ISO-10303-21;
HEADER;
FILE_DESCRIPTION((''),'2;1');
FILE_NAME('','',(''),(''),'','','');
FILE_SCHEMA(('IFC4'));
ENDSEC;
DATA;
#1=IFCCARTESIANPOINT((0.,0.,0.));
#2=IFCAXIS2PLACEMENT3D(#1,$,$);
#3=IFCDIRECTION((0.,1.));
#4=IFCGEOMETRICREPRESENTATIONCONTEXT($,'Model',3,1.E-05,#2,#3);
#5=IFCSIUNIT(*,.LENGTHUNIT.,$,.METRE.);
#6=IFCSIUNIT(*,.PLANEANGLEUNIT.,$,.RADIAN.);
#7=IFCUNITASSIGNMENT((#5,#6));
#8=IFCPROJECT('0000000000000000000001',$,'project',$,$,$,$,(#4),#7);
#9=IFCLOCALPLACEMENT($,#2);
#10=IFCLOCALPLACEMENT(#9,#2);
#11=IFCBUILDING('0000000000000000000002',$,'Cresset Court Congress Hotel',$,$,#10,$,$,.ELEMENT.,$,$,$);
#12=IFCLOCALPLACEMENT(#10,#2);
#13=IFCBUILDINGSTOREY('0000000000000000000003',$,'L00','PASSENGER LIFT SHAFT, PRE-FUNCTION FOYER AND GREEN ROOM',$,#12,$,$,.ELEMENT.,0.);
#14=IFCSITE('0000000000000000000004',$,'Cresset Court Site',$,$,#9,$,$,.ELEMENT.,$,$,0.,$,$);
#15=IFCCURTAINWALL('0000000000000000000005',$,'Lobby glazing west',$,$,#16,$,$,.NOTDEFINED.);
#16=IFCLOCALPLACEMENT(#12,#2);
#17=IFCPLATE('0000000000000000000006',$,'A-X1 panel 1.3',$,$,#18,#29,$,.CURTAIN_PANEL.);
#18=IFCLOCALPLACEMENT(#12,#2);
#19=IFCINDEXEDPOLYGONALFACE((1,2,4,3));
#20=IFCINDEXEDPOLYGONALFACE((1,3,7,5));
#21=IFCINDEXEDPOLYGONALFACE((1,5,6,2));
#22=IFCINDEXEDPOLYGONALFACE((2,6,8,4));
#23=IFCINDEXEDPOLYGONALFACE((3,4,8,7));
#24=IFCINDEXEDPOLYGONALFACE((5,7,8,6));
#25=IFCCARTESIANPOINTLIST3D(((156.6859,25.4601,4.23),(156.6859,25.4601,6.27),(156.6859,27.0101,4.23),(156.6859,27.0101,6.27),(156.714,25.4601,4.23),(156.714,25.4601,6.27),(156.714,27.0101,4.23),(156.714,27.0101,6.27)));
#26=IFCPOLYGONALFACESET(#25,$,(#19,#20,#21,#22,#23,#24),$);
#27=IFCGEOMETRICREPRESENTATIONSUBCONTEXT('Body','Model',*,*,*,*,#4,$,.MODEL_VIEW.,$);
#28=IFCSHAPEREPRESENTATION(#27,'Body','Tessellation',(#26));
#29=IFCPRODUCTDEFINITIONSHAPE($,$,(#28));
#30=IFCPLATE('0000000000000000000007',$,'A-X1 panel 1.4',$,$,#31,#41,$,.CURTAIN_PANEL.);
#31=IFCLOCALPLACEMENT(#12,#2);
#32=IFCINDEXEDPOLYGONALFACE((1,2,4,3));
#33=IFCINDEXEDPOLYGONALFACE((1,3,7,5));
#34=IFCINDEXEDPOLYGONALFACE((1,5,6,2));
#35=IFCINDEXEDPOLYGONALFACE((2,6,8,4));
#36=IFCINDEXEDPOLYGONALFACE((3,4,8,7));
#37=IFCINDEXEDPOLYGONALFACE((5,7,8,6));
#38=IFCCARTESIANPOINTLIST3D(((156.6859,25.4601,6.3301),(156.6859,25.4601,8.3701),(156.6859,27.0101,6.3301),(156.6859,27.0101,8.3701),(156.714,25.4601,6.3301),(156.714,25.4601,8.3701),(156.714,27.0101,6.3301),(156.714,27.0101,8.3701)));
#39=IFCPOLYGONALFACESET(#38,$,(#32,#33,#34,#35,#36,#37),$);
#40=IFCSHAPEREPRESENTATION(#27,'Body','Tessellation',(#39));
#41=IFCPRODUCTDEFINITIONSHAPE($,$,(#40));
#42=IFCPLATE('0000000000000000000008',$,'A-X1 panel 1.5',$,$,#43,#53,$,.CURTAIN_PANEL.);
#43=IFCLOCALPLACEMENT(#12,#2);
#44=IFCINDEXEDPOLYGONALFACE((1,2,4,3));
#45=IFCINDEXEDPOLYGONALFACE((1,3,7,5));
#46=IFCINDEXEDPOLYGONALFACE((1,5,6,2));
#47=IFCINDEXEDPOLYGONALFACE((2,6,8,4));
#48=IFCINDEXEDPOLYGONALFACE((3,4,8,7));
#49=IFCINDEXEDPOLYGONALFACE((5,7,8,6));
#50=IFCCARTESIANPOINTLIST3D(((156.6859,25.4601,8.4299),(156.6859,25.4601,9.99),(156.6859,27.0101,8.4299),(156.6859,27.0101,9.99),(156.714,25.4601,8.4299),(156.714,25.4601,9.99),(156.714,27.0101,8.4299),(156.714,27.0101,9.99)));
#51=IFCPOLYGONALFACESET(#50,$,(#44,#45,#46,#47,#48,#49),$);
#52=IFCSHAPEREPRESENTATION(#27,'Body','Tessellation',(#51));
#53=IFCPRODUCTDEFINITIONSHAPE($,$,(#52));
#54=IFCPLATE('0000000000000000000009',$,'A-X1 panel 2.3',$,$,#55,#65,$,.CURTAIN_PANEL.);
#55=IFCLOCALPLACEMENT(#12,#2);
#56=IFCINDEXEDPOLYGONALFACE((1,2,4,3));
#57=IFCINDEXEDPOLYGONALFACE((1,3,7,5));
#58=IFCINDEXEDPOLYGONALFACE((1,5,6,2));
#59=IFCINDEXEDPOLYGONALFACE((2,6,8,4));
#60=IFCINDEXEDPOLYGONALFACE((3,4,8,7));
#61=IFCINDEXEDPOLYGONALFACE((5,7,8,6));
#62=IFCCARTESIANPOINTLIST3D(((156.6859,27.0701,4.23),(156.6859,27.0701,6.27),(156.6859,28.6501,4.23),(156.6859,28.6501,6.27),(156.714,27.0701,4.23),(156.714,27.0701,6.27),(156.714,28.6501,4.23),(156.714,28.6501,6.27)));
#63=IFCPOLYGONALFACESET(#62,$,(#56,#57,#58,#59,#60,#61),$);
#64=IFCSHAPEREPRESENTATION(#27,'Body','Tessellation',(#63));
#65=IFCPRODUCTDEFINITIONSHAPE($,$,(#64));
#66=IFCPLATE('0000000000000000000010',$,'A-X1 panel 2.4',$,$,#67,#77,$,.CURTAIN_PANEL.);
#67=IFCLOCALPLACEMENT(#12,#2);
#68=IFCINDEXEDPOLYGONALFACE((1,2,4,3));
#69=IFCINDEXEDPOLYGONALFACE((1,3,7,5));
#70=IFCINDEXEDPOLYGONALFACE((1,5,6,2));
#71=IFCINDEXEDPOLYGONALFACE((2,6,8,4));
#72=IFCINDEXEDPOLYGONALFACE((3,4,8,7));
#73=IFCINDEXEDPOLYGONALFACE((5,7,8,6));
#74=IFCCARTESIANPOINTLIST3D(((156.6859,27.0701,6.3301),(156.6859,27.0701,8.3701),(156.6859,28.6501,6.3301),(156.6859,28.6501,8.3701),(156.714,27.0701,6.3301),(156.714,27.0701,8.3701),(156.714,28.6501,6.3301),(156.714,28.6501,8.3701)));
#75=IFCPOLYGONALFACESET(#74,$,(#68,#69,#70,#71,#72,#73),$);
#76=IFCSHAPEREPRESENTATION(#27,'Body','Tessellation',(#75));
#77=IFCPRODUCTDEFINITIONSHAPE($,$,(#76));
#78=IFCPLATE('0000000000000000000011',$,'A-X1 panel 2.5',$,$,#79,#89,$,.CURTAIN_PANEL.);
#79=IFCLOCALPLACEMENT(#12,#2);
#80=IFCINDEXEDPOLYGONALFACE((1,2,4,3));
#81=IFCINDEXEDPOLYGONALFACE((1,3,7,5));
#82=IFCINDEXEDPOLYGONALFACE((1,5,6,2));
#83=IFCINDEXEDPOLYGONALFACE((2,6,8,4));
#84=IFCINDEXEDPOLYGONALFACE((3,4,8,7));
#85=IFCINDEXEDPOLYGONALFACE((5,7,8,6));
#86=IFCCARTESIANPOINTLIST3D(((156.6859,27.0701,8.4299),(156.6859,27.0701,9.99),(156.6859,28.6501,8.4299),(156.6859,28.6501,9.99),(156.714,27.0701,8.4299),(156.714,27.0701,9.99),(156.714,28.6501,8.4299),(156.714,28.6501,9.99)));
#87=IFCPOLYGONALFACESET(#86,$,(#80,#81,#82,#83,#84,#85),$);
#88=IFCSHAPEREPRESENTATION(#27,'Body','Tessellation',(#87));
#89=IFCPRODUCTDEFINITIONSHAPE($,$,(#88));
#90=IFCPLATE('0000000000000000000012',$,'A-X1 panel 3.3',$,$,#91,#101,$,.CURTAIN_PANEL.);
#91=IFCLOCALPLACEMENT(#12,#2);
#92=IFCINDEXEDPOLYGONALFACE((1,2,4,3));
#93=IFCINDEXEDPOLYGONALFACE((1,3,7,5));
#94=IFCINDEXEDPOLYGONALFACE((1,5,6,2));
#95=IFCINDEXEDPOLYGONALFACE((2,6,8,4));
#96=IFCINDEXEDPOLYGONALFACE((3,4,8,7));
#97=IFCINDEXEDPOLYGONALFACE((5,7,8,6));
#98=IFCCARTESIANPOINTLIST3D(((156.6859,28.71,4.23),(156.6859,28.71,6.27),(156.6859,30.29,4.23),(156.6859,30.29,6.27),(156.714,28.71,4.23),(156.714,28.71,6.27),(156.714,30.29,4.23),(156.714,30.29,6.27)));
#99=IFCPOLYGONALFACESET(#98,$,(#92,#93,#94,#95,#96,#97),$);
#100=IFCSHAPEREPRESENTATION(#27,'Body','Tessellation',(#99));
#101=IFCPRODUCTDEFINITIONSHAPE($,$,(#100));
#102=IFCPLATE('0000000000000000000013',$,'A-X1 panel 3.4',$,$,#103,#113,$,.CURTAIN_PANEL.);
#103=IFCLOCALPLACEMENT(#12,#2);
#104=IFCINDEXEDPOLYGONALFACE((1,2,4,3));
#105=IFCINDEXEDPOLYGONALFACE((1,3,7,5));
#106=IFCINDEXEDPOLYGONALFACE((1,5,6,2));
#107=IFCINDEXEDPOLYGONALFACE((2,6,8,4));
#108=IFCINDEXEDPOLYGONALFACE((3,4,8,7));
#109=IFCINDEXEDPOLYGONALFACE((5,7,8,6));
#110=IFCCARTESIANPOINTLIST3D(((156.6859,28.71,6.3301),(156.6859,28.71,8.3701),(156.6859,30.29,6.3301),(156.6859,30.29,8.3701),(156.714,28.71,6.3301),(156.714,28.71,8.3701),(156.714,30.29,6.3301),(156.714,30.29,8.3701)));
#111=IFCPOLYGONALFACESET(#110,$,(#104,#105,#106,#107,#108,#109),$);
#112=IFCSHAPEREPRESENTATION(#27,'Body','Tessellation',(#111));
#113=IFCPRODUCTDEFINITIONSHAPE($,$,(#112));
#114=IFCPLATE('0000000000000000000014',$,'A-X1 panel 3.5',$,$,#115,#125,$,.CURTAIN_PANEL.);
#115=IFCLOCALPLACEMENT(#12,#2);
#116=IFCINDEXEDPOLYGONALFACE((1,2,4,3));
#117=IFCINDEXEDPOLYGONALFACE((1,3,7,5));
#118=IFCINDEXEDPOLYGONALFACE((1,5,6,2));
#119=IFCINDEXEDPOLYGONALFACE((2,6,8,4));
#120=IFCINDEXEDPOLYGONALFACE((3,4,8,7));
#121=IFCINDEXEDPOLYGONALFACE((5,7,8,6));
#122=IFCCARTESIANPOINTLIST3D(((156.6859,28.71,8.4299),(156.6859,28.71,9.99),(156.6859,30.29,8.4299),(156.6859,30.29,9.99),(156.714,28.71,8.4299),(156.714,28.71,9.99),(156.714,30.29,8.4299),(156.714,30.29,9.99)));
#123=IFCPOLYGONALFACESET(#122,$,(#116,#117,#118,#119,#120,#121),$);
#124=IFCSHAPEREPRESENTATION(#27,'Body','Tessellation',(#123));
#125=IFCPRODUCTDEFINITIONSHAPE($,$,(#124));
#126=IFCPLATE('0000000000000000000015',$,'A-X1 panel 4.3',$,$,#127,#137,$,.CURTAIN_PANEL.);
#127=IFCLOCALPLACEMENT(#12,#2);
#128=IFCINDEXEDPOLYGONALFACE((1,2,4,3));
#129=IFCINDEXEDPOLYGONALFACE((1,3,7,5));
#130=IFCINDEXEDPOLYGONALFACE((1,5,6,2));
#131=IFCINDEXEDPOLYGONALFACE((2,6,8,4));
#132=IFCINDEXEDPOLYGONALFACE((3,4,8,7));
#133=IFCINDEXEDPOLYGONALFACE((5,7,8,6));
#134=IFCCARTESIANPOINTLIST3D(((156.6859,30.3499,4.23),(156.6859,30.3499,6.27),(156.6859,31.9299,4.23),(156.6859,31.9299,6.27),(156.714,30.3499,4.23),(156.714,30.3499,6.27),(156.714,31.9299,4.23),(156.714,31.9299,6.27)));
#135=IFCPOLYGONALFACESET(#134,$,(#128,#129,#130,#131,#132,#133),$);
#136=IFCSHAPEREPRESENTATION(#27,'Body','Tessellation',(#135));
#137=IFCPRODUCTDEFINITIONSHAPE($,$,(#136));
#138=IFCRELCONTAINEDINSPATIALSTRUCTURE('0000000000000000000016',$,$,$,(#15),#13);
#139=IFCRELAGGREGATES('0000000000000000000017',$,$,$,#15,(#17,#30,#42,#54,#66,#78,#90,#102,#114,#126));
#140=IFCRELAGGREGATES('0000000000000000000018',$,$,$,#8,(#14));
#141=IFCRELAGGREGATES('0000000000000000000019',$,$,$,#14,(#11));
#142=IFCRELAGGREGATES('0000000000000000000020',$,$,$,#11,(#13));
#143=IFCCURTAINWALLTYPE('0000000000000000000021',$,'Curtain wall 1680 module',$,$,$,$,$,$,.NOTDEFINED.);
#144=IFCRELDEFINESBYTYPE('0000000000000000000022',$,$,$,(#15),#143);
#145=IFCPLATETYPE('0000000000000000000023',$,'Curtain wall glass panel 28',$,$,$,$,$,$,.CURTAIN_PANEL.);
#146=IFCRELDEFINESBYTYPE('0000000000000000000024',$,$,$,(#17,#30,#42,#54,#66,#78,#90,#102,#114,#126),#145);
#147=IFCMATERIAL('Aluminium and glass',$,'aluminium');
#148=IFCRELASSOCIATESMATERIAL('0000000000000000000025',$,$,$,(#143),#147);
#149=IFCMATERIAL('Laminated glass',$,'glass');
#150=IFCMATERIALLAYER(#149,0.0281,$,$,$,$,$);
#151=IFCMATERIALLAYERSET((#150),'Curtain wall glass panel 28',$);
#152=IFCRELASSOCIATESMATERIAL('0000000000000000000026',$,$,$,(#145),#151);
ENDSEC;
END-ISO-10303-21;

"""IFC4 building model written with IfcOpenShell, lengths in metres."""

from ifc_helpers import new_model, si_unit, direction, frame, origin, origin_2d, place, context, subcontext, project, spatial, rectangle, extrude, material, layer, layer_set, type_object, element, aggregate, save


model = new_model("IFC4")

# Units and contexts
model_context = context("Model", 3, precision=1e-05, world=origin(), true_north=direction((0.0, 1.0)))
body_context = subcontext(model_context, "Body", "Model", "MODEL_VIEW")
ifc_project = project(units=[si_unit("LENGTHUNIT", "METRE"), si_unit("PLANEANGLEUNIT", "RADIAN")], contexts=[model_context])

# Site, building, storey
site_placement = place(None, origin())
site = spatial("IfcSite", under=ifc_project, at=site_placement, Name="Cresset Court Site", CompositionType="ELEMENT", RefElevation=0.0)
building_placement = place(site_placement, origin())
building = spatial("IfcBuilding", under=site, at=building_placement, Name="Cresset Court Congress Hotel", CompositionType="ELEMENT")
storey_placement = place(building_placement, origin())
storey = spatial("IfcBuildingStorey", under=building, at=storey_placement, Name="L00", Description="PASSENGER LIFT SHAFT, PRE-FUNCTION FOYER AND GREEN ROOM", CompositionType="ELEMENT", Elevation=0.0)

# Curtain wall, plates
ifc_material_1 = material(Name="Aluminium and glass", Category="aluminium")
curtain_wall_type = type_object("IfcCurtainWallType", Name="Curtain wall 1680 module", PredefinedType="NOTDEFINED", material=ifc_material_1)
curtain_wall_placement = place(storey_placement, origin())
curtain_wall = element("IfcCurtainWall", 1, at=curtain_wall_placement, inside=storey, type_object=curtain_wall_type, Name="Lobby glazing west", PredefinedType="NOTDEFINED")
ifc_material_2 = material(Name="Laminated glass", Category="glass")
ifc_layer = layer(ifc_material_2, 0.0281)
ifc_layer_set = layer_set([ifc_layer], Name="Curtain wall glass panel 28")
plate_type = type_object("IfcPlateType", Name="Curtain wall glass panel 28", PredefinedType="CURTAIN_PANEL", material=ifc_layer_set)
plate_1_placement = place(storey_placement, frame((156.7, 26.2351, 4.23), z_axis=(0.0, 0.0, 1.0), x_axis=(0.0, 1.0, 0.0)))
plate_1 = element("IfcPlate", 2, at=plate_1_placement, type_object=plate_type, Name="A-X1 panel 1.3", PredefinedType="CURTAIN_PANEL", context=body_context, shape_type="SweptSolid", body=[
    extrude(rectangle(XDim=1.55, YDim=0.0281, at=origin_2d()), origin(), (0.0, 0.0, 1.0), 2.04),
])
plate_2_placement = place(storey_placement, frame((156.7, 26.2351, 6.3301), z_axis=(0.0, 0.0, 1.0), x_axis=(0.0, 1.0, 0.0)))
plate_2 = element("IfcPlate", 3, at=plate_2_placement, type_object=plate_type, Name="A-X1 panel 1.4", PredefinedType="CURTAIN_PANEL", context=body_context, shape_type="SweptSolid", body=[
    extrude(rectangle(XDim=1.55, YDim=0.0281, at=origin_2d()), origin(), (0.0, 0.0, 1.0), 2.04),
])
plate_3_placement = place(storey_placement, frame((156.7, 26.2351, 8.4299), z_axis=(0.0, 0.0, 1.0), x_axis=(0.0, 1.0, 0.0)))
plate_3 = element("IfcPlate", 4, at=plate_3_placement, type_object=plate_type, Name="A-X1 panel 1.5", PredefinedType="CURTAIN_PANEL", context=body_context, shape_type="SweptSolid", body=[
    extrude(rectangle(XDim=1.55, YDim=0.0281, at=origin_2d()), origin(), (0.0, 0.0, 1.0), 1.5601),
])
plate_4_placement = place(storey_placement, frame((156.7, 27.8601, 4.23), z_axis=(0.0, 0.0, 1.0), x_axis=(0.0, 1.0, 0.0)))
plate_4 = element("IfcPlate", 5, at=plate_4_placement, type_object=plate_type, Name="A-X1 panel 2.3", PredefinedType="CURTAIN_PANEL", context=body_context, shape_type="SweptSolid", body=[
    extrude(rectangle(XDim=1.5801, YDim=0.0281, at=origin_2d()), origin(), (0.0, 0.0, 1.0), 2.04),
])
plate_5_placement = place(storey_placement, frame((156.7, 27.8601, 6.3301), z_axis=(0.0, 0.0, 1.0), x_axis=(0.0, 1.0, 0.0)))
plate_5 = element("IfcPlate", 6, at=plate_5_placement, type_object=plate_type, Name="A-X1 panel 2.4", PredefinedType="CURTAIN_PANEL", context=body_context, shape_type="SweptSolid", body=[
    extrude(rectangle(XDim=1.5801, YDim=0.0281, at=origin_2d()), origin(), (0.0, 0.0, 1.0), 2.04),
])
plate_6_placement = place(storey_placement, frame((156.7, 27.8601, 8.4299), z_axis=(0.0, 0.0, 1.0), x_axis=(0.0, 1.0, 0.0)))
plate_6 = element("IfcPlate", 7, at=plate_6_placement, type_object=plate_type, Name="A-X1 panel 2.5", PredefinedType="CURTAIN_PANEL", context=body_context, shape_type="SweptSolid", body=[
    extrude(rectangle(XDim=1.5801, YDim=0.0281, at=origin_2d()), origin(), (0.0, 0.0, 1.0), 1.5601),
])
plate_7_placement = place(storey_placement, frame((156.7, 29.5, 4.23), z_axis=(0.0, 0.0, 1.0), x_axis=(0.0, 1.0, 0.0)))
plate_7 = element("IfcPlate", 8, at=plate_7_placement, type_object=plate_type, Name="A-X1 panel 3.3", PredefinedType="CURTAIN_PANEL", context=body_context, shape_type="SweptSolid", body=[
    extrude(rectangle(XDim=1.5801, YDim=0.0281, at=origin_2d()), origin(), (0.0, 0.0, 1.0), 2.04),
])
plate_8_placement = place(storey_placement, frame((156.7, 29.5, 6.3301), z_axis=(0.0, 0.0, 1.0), x_axis=(0.0, 1.0, 0.0)))
plate_8 = element("IfcPlate", 9, at=plate_8_placement, type_object=plate_type, Name="A-X1 panel 3.4", PredefinedType="CURTAIN_PANEL", context=body_context, shape_type="SweptSolid", body=[
    extrude(rectangle(XDim=1.5801, YDim=0.0281, at=origin_2d()), origin(), (0.0, 0.0, 1.0), 2.04),
])
plate_9_placement = place(storey_placement, frame((156.7, 29.5, 8.4299), z_axis=(0.0, 0.0, 1.0), x_axis=(0.0, 1.0, 0.0)))
plate_9 = element("IfcPlate", 10, at=plate_9_placement, type_object=plate_type, Name="A-X1 panel 3.5", PredefinedType="CURTAIN_PANEL", context=body_context, shape_type="SweptSolid", body=[
    extrude(rectangle(XDim=1.5801, YDim=0.0281, at=origin_2d()), origin(), (0.0, 0.0, 1.0), 1.5601),
])
plate_10_placement = place(storey_placement, frame((156.7, 31.1399, 4.23), z_axis=(0.0, 0.0, 1.0), x_axis=(0.0, 1.0, 0.0)))
plate_10 = element("IfcPlate", 11, at=plate_10_placement, type_object=plate_type, Name="A-X1 panel 4.3", PredefinedType="CURTAIN_PANEL", context=body_context, shape_type="SweptSolid", body=[
    extrude(rectangle(XDim=1.5801, YDim=0.0281, at=origin_2d()), origin(), (0.0, 0.0, 1.0), 2.04),
])
aggregate(curtain_wall, [plate_1, plate_2, plate_3, plate_4, plate_5, plate_6, plate_7, plate_8, plate_9, plate_10])

save(model, "model.ifc")
